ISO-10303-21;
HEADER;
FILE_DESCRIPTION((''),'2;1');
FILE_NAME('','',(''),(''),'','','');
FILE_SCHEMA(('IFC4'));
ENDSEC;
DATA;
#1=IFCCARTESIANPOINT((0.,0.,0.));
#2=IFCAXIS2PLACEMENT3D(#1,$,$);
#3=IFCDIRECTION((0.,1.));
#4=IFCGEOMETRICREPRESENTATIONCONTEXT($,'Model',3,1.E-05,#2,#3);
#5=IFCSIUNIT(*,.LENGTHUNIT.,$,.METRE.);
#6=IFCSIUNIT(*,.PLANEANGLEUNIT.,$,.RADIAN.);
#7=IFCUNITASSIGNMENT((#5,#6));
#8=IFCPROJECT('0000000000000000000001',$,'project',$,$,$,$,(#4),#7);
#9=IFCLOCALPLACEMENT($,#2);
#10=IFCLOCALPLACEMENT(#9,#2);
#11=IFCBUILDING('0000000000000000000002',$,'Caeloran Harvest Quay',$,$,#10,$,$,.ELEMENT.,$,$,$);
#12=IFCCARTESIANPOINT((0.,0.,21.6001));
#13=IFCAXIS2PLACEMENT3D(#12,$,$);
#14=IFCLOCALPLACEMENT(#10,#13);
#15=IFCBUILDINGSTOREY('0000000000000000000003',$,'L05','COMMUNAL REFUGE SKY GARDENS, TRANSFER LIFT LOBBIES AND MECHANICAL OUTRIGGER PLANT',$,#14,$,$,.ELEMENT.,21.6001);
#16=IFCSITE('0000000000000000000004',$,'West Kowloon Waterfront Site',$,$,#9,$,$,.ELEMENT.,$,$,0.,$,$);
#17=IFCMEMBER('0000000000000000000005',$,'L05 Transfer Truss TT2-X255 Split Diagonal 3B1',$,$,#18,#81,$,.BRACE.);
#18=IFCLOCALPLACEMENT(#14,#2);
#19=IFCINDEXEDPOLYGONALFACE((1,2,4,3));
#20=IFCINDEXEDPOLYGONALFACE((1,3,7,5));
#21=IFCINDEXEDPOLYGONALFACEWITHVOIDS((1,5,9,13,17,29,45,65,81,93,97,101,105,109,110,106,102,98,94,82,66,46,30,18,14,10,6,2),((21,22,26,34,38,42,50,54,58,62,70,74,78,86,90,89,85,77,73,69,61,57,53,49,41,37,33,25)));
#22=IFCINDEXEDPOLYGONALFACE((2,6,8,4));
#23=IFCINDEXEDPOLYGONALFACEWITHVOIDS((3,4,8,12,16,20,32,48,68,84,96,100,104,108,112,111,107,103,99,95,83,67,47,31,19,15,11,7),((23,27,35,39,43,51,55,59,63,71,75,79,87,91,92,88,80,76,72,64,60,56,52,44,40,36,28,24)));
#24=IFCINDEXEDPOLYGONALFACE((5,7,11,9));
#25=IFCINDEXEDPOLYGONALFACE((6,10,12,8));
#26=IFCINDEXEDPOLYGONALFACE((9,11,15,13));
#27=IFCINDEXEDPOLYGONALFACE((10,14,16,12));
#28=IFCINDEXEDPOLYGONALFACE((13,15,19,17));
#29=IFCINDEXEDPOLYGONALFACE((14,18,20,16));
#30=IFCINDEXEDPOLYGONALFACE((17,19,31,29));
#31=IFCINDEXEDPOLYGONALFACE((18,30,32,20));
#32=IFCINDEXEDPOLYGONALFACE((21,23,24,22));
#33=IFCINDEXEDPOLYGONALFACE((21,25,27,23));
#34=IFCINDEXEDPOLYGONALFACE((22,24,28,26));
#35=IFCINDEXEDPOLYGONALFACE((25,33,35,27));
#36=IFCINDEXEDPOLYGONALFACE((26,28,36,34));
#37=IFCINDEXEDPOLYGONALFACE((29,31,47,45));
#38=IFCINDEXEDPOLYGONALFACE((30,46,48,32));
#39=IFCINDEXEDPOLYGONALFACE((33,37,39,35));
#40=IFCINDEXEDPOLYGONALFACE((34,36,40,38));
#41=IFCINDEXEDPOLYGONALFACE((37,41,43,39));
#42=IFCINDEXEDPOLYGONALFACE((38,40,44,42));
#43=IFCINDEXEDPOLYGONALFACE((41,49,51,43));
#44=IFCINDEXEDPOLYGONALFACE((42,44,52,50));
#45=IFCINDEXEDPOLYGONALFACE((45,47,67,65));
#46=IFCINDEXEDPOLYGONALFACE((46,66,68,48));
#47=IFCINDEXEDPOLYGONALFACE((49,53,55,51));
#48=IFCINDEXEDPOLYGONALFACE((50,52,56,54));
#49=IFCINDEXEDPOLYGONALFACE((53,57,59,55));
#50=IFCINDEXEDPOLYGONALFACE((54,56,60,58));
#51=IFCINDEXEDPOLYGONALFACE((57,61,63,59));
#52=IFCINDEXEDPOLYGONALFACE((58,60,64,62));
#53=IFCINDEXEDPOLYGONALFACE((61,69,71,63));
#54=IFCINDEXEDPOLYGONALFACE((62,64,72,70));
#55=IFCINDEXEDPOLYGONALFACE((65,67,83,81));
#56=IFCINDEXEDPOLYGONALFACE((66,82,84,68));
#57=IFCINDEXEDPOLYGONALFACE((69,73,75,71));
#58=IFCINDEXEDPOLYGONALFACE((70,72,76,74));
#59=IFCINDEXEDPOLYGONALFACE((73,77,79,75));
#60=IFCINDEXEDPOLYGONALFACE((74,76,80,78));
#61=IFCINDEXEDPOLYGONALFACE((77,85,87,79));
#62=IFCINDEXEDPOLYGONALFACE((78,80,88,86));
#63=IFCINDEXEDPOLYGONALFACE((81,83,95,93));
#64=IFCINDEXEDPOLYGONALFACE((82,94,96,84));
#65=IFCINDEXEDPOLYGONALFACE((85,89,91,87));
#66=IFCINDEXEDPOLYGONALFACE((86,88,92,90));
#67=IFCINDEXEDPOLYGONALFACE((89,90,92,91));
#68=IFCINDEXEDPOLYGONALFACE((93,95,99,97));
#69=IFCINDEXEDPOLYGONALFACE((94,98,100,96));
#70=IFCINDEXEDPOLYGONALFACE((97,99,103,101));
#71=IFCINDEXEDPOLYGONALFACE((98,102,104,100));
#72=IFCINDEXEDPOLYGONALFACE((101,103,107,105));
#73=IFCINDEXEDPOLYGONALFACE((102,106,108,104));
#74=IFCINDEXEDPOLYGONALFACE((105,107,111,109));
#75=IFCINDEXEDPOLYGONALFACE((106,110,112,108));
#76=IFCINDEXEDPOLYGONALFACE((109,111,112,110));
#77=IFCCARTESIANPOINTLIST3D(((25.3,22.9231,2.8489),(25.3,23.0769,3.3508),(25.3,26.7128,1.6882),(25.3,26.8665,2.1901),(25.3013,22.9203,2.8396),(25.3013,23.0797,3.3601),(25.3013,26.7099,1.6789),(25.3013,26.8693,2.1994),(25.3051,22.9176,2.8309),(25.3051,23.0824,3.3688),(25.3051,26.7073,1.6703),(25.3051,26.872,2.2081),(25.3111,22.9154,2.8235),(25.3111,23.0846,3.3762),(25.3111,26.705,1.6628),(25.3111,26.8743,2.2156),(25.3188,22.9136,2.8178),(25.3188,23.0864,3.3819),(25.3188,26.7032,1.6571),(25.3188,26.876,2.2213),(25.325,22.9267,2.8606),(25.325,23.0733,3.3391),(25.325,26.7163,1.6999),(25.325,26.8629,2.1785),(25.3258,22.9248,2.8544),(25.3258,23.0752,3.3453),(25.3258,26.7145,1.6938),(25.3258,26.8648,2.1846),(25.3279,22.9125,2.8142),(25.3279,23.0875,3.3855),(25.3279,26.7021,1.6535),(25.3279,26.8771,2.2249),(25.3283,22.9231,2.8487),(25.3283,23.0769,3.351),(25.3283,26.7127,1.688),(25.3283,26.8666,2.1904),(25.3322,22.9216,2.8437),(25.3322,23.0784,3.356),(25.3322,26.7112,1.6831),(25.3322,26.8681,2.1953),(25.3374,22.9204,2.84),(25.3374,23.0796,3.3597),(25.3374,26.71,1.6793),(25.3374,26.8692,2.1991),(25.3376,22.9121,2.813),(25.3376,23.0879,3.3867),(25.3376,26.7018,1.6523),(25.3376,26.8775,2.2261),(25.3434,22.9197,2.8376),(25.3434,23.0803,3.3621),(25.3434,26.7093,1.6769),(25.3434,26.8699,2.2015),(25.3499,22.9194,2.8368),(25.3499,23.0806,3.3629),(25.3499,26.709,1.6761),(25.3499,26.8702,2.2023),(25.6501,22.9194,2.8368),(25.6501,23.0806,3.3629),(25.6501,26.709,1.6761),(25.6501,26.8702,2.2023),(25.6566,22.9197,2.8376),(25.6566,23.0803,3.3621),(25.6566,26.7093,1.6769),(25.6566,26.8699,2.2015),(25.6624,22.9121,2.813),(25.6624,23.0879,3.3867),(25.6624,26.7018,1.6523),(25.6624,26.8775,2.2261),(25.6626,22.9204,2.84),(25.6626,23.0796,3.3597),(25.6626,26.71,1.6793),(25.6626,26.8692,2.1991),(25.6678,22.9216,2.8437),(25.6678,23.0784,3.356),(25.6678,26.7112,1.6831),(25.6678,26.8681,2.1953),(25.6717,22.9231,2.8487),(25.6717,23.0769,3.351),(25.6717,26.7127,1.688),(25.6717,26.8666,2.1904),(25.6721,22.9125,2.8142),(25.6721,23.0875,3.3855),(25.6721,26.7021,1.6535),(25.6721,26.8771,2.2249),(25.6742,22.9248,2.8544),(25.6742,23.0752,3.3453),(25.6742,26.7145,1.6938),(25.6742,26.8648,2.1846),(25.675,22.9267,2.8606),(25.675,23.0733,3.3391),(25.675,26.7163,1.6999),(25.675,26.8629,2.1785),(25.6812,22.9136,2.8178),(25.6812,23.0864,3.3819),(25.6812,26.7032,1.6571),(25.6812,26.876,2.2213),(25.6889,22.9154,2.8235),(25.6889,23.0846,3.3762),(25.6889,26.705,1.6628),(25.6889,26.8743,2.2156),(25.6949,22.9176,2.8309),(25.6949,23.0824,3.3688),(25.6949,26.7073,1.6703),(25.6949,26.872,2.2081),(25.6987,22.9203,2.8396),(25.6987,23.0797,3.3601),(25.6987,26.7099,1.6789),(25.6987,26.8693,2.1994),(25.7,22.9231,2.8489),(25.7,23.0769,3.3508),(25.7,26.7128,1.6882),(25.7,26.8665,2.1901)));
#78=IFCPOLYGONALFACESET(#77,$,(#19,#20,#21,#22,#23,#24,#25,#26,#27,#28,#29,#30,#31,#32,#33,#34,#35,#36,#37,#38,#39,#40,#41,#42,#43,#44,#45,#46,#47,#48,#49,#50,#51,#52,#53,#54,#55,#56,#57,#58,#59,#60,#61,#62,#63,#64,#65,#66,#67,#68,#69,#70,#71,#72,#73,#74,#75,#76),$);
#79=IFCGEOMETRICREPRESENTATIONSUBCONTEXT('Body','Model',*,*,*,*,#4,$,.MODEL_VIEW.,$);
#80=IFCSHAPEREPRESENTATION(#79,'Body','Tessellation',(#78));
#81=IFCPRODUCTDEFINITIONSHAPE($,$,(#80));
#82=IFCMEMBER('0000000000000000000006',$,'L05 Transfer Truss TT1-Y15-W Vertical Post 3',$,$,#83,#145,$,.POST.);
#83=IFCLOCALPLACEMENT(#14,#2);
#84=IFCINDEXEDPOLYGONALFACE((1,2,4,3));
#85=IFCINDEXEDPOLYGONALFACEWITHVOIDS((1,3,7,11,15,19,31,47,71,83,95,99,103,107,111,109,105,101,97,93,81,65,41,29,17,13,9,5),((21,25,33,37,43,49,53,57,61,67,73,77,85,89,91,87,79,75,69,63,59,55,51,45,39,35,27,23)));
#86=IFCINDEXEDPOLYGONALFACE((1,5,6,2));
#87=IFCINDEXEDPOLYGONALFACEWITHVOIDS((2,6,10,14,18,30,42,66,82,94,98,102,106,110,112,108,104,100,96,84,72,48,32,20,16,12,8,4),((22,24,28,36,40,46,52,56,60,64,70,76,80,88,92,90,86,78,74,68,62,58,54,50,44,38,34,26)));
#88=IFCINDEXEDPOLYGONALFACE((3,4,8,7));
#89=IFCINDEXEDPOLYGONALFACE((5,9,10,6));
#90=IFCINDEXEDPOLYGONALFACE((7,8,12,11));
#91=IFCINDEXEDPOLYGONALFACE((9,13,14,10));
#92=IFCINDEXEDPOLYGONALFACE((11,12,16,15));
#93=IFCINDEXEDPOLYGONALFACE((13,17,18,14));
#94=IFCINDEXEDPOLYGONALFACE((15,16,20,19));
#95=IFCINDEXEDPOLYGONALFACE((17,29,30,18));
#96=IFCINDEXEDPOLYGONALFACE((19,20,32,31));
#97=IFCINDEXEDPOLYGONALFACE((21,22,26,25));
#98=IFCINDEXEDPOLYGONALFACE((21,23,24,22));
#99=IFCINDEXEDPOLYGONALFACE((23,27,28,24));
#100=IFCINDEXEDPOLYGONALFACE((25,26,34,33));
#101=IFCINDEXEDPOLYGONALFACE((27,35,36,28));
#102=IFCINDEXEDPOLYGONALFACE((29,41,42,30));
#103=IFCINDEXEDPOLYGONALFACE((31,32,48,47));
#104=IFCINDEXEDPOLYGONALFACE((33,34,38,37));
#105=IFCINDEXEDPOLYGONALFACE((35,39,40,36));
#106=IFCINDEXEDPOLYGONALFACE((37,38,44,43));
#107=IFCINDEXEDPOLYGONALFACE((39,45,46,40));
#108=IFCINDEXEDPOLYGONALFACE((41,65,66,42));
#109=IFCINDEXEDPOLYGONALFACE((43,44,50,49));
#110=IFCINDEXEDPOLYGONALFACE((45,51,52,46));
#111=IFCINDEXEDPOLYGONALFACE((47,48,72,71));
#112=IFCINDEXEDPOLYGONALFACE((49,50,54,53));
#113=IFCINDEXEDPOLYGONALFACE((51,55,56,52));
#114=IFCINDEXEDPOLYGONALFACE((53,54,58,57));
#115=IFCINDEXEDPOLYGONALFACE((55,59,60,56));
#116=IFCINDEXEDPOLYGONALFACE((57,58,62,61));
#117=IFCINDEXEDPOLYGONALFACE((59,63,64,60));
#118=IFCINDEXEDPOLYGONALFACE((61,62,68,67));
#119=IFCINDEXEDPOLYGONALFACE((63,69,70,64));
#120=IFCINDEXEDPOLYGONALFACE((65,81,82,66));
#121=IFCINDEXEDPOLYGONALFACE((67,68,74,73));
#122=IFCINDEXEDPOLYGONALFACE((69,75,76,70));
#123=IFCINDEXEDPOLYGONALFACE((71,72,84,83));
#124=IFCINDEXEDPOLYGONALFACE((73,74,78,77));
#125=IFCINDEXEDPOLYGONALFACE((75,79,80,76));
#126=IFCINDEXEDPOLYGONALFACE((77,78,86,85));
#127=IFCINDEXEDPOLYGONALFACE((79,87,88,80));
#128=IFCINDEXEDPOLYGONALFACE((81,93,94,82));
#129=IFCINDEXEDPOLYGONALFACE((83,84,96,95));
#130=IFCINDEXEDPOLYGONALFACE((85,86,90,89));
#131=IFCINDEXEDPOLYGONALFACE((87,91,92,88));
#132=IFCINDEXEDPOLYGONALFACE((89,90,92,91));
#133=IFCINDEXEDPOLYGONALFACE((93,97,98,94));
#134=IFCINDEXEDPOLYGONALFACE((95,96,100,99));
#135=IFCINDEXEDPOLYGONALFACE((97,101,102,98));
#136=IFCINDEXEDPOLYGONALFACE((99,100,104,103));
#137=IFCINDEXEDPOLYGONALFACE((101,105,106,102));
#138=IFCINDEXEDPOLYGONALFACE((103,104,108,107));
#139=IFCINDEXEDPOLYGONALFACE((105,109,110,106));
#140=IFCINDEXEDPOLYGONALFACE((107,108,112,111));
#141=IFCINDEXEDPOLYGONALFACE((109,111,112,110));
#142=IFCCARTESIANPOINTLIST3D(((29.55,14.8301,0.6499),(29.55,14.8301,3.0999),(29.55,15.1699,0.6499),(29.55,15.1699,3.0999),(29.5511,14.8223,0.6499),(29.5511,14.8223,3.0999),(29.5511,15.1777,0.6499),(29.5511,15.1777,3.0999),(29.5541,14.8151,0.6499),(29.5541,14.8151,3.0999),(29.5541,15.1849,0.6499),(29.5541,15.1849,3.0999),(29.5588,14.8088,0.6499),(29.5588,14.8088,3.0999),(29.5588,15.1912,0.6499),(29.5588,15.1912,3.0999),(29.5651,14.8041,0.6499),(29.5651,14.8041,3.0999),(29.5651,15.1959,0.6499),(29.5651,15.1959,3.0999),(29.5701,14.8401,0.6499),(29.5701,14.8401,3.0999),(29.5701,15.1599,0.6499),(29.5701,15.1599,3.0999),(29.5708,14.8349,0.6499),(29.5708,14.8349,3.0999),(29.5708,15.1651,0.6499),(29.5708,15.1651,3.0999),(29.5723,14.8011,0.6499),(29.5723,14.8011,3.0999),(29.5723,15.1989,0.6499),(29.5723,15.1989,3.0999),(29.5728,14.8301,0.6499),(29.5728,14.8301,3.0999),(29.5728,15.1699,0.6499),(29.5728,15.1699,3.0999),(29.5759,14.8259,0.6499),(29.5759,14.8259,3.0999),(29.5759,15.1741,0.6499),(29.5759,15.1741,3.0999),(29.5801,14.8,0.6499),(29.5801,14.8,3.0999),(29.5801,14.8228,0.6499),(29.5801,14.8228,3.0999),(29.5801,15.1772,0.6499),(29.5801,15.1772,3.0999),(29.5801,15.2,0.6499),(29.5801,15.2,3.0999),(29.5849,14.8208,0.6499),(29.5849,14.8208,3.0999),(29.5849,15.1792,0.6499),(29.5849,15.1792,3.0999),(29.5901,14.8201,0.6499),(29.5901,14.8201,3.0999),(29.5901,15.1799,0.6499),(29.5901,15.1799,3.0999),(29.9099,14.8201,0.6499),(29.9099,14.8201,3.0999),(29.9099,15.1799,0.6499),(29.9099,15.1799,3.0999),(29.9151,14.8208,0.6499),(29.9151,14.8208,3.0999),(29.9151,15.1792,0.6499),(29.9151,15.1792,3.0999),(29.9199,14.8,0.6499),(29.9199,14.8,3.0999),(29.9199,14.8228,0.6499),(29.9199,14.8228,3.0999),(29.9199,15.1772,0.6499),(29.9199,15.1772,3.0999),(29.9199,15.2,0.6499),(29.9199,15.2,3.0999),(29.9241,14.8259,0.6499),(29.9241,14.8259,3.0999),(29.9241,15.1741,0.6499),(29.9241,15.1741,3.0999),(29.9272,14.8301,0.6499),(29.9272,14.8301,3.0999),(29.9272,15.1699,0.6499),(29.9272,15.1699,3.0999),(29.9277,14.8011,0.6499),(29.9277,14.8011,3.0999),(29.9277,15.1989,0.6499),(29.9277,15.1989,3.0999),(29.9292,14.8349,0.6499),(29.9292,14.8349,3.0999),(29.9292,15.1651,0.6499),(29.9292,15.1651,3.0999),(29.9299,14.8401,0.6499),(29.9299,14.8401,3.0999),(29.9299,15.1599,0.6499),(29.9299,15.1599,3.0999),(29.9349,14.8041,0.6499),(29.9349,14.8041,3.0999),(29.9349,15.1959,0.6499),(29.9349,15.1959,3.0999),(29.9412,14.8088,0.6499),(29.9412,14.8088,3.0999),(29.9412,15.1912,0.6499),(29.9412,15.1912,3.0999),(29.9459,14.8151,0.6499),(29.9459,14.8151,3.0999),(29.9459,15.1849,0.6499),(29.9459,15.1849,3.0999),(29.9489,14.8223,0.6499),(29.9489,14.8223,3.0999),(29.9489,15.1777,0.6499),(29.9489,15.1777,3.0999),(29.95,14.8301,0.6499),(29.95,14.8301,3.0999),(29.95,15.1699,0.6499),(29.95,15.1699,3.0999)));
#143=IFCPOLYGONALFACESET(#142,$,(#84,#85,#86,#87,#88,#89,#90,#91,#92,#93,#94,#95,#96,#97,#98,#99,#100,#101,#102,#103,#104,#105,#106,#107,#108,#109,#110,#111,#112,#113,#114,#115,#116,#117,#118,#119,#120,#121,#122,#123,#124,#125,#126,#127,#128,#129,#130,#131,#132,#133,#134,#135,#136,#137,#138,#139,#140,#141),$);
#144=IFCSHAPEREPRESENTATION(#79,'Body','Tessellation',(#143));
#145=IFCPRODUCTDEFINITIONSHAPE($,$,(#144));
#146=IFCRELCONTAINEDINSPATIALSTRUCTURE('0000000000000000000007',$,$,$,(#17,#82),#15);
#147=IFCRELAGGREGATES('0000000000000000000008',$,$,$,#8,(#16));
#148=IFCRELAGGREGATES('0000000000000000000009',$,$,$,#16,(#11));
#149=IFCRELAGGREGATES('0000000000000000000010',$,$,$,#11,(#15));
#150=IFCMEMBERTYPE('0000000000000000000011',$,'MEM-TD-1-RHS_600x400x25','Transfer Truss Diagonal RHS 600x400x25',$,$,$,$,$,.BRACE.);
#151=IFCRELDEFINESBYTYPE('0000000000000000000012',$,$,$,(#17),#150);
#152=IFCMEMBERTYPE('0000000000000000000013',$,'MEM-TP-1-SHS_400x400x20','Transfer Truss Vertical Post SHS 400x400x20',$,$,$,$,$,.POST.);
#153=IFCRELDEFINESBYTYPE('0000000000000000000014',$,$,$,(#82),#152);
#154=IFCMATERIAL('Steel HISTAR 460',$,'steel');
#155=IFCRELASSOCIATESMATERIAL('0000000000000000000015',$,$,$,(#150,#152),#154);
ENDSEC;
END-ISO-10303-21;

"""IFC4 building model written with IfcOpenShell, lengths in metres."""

from ifc_helpers import new_model, si_unit, direction, frame, origin, origin_2d, place, context, subcontext, project, spatial, hollow_rectangle, extrude, material, material_profile, profile_set, type_object, element, save


model = new_model("IFC4")

# Units and contexts
model_context = context("Model", 3, precision=1e-05, world=origin(), true_north=direction((0.0, 1.0)))
body_context = subcontext(model_context, "Body", "Model", "MODEL_VIEW")
ifc_project = project(units=[si_unit("LENGTHUNIT", "METRE"), si_unit("PLANEANGLEUNIT", "RADIAN")], contexts=[model_context])

# Site, building, storey
site_placement = place(None, origin())
site = spatial("IfcSite", under=ifc_project, at=site_placement, Name="West Kowloon Waterfront Site", CompositionType="ELEMENT", RefElevation=0.0)
building_placement = place(site_placement, origin())
building = spatial("IfcBuilding", under=site, at=building_placement, Name="Caeloran Harvest Quay", CompositionType="ELEMENT")
storey_placement = place(building_placement, frame((0.0, 0.0, 21.6001)))
storey = spatial("IfcBuildingStorey", under=building, at=storey_placement, Name="L05", Description="COMMUNAL REFUGE SKY GARDENS, TRANSFER LIFT LOBBIES AND MECHANICAL OUTRIGGER PLANT", CompositionType="ELEMENT", Elevation=21.6001)

# Members
ifc_material_1 = material(Name="Steel HISTAR 460", Category="steel")
ifc_material_profile_1 = material_profile(ifc_material_1, hollow_rectangle(XDim=0.3999, YDim=0.6001, WallThickness=0.0249, InnerFilletRadius=0.0249, OuterFilletRadius=0.0376, at=origin_2d()), Name="RHS 600x400x25")
ifc_profile_set_1 = profile_set([ifc_material_profile_1], Name="Steel HISTAR 460")
member_type_1 = type_object("IfcMemberType", Name="MEM-TD-1-RHS_600x400x25", Description="Transfer Truss Diagonal RHS 600x400x25", PredefinedType="BRACE", material=ifc_profile_set_1)
member_1_placement = place(storey_placement, frame((25.5, 23.0, 3.0999), z_axis=(0.0, 0.956159, -0.292848), x_axis=(-1.0, 0.0, 0.0)))
element("IfcMember", 1, at=member_1_placement, inside=storey, type_object=member_type_1, Name="L05 Transfer Truss TT2-X255 Split Diagonal 3B1", PredefinedType="BRACE", context=body_context, shape_type="SweptSolid", body=[
    extrude(hollow_rectangle(XDim=0.3999, YDim=0.6001, WallThickness=0.0249, InnerFilletRadius=0.0249, OuterFilletRadius=0.0376, at=origin_2d()), origin(), (0.0, 0.0, 1.0), 3.9634),
])
ifc_material_profile_2 = material_profile(ifc_material_1, hollow_rectangle(XDim=0.3999, YDim=0.3999, WallThickness=0.02, InnerFilletRadius=0.02, OuterFilletRadius=0.03, at=origin_2d()), Name="SHS 400x400x20")
ifc_profile_set_2 = profile_set([ifc_material_profile_2], Name="Steel HISTAR 460")
member_type_2 = type_object("IfcMemberType", Name="MEM-TP-1-SHS_400x400x20", Description="Transfer Truss Vertical Post SHS 400x400x20", PredefinedType="POST", material=ifc_profile_set_2)
for number, where, z_axis, x_axis, name in (
    (2, (29.75, 15.0, 0.6499), (0.0, 0.0, 1.0), (1.0, 0.0, 0.0), "L05 Transfer Truss TT1-Y15-W Vertical Post 3"),
):
    element("IfcMember", number, at=place(storey_placement, frame(where, z_axis=z_axis, x_axis=x_axis)), inside=storey, type_object=member_type_2, Name=name, PredefinedType="POST", context=body_context, shape_type="SweptSolid", body=[
        extrude(hollow_rectangle(XDim=0.3999, YDim=0.3999, WallThickness=0.02, InnerFilletRadius=0.02, OuterFilletRadius=0.03, at=origin_2d()), origin(), (0.0, 0.0, 1.0), 2.45),
    ])

save(model, "model.ifc")
